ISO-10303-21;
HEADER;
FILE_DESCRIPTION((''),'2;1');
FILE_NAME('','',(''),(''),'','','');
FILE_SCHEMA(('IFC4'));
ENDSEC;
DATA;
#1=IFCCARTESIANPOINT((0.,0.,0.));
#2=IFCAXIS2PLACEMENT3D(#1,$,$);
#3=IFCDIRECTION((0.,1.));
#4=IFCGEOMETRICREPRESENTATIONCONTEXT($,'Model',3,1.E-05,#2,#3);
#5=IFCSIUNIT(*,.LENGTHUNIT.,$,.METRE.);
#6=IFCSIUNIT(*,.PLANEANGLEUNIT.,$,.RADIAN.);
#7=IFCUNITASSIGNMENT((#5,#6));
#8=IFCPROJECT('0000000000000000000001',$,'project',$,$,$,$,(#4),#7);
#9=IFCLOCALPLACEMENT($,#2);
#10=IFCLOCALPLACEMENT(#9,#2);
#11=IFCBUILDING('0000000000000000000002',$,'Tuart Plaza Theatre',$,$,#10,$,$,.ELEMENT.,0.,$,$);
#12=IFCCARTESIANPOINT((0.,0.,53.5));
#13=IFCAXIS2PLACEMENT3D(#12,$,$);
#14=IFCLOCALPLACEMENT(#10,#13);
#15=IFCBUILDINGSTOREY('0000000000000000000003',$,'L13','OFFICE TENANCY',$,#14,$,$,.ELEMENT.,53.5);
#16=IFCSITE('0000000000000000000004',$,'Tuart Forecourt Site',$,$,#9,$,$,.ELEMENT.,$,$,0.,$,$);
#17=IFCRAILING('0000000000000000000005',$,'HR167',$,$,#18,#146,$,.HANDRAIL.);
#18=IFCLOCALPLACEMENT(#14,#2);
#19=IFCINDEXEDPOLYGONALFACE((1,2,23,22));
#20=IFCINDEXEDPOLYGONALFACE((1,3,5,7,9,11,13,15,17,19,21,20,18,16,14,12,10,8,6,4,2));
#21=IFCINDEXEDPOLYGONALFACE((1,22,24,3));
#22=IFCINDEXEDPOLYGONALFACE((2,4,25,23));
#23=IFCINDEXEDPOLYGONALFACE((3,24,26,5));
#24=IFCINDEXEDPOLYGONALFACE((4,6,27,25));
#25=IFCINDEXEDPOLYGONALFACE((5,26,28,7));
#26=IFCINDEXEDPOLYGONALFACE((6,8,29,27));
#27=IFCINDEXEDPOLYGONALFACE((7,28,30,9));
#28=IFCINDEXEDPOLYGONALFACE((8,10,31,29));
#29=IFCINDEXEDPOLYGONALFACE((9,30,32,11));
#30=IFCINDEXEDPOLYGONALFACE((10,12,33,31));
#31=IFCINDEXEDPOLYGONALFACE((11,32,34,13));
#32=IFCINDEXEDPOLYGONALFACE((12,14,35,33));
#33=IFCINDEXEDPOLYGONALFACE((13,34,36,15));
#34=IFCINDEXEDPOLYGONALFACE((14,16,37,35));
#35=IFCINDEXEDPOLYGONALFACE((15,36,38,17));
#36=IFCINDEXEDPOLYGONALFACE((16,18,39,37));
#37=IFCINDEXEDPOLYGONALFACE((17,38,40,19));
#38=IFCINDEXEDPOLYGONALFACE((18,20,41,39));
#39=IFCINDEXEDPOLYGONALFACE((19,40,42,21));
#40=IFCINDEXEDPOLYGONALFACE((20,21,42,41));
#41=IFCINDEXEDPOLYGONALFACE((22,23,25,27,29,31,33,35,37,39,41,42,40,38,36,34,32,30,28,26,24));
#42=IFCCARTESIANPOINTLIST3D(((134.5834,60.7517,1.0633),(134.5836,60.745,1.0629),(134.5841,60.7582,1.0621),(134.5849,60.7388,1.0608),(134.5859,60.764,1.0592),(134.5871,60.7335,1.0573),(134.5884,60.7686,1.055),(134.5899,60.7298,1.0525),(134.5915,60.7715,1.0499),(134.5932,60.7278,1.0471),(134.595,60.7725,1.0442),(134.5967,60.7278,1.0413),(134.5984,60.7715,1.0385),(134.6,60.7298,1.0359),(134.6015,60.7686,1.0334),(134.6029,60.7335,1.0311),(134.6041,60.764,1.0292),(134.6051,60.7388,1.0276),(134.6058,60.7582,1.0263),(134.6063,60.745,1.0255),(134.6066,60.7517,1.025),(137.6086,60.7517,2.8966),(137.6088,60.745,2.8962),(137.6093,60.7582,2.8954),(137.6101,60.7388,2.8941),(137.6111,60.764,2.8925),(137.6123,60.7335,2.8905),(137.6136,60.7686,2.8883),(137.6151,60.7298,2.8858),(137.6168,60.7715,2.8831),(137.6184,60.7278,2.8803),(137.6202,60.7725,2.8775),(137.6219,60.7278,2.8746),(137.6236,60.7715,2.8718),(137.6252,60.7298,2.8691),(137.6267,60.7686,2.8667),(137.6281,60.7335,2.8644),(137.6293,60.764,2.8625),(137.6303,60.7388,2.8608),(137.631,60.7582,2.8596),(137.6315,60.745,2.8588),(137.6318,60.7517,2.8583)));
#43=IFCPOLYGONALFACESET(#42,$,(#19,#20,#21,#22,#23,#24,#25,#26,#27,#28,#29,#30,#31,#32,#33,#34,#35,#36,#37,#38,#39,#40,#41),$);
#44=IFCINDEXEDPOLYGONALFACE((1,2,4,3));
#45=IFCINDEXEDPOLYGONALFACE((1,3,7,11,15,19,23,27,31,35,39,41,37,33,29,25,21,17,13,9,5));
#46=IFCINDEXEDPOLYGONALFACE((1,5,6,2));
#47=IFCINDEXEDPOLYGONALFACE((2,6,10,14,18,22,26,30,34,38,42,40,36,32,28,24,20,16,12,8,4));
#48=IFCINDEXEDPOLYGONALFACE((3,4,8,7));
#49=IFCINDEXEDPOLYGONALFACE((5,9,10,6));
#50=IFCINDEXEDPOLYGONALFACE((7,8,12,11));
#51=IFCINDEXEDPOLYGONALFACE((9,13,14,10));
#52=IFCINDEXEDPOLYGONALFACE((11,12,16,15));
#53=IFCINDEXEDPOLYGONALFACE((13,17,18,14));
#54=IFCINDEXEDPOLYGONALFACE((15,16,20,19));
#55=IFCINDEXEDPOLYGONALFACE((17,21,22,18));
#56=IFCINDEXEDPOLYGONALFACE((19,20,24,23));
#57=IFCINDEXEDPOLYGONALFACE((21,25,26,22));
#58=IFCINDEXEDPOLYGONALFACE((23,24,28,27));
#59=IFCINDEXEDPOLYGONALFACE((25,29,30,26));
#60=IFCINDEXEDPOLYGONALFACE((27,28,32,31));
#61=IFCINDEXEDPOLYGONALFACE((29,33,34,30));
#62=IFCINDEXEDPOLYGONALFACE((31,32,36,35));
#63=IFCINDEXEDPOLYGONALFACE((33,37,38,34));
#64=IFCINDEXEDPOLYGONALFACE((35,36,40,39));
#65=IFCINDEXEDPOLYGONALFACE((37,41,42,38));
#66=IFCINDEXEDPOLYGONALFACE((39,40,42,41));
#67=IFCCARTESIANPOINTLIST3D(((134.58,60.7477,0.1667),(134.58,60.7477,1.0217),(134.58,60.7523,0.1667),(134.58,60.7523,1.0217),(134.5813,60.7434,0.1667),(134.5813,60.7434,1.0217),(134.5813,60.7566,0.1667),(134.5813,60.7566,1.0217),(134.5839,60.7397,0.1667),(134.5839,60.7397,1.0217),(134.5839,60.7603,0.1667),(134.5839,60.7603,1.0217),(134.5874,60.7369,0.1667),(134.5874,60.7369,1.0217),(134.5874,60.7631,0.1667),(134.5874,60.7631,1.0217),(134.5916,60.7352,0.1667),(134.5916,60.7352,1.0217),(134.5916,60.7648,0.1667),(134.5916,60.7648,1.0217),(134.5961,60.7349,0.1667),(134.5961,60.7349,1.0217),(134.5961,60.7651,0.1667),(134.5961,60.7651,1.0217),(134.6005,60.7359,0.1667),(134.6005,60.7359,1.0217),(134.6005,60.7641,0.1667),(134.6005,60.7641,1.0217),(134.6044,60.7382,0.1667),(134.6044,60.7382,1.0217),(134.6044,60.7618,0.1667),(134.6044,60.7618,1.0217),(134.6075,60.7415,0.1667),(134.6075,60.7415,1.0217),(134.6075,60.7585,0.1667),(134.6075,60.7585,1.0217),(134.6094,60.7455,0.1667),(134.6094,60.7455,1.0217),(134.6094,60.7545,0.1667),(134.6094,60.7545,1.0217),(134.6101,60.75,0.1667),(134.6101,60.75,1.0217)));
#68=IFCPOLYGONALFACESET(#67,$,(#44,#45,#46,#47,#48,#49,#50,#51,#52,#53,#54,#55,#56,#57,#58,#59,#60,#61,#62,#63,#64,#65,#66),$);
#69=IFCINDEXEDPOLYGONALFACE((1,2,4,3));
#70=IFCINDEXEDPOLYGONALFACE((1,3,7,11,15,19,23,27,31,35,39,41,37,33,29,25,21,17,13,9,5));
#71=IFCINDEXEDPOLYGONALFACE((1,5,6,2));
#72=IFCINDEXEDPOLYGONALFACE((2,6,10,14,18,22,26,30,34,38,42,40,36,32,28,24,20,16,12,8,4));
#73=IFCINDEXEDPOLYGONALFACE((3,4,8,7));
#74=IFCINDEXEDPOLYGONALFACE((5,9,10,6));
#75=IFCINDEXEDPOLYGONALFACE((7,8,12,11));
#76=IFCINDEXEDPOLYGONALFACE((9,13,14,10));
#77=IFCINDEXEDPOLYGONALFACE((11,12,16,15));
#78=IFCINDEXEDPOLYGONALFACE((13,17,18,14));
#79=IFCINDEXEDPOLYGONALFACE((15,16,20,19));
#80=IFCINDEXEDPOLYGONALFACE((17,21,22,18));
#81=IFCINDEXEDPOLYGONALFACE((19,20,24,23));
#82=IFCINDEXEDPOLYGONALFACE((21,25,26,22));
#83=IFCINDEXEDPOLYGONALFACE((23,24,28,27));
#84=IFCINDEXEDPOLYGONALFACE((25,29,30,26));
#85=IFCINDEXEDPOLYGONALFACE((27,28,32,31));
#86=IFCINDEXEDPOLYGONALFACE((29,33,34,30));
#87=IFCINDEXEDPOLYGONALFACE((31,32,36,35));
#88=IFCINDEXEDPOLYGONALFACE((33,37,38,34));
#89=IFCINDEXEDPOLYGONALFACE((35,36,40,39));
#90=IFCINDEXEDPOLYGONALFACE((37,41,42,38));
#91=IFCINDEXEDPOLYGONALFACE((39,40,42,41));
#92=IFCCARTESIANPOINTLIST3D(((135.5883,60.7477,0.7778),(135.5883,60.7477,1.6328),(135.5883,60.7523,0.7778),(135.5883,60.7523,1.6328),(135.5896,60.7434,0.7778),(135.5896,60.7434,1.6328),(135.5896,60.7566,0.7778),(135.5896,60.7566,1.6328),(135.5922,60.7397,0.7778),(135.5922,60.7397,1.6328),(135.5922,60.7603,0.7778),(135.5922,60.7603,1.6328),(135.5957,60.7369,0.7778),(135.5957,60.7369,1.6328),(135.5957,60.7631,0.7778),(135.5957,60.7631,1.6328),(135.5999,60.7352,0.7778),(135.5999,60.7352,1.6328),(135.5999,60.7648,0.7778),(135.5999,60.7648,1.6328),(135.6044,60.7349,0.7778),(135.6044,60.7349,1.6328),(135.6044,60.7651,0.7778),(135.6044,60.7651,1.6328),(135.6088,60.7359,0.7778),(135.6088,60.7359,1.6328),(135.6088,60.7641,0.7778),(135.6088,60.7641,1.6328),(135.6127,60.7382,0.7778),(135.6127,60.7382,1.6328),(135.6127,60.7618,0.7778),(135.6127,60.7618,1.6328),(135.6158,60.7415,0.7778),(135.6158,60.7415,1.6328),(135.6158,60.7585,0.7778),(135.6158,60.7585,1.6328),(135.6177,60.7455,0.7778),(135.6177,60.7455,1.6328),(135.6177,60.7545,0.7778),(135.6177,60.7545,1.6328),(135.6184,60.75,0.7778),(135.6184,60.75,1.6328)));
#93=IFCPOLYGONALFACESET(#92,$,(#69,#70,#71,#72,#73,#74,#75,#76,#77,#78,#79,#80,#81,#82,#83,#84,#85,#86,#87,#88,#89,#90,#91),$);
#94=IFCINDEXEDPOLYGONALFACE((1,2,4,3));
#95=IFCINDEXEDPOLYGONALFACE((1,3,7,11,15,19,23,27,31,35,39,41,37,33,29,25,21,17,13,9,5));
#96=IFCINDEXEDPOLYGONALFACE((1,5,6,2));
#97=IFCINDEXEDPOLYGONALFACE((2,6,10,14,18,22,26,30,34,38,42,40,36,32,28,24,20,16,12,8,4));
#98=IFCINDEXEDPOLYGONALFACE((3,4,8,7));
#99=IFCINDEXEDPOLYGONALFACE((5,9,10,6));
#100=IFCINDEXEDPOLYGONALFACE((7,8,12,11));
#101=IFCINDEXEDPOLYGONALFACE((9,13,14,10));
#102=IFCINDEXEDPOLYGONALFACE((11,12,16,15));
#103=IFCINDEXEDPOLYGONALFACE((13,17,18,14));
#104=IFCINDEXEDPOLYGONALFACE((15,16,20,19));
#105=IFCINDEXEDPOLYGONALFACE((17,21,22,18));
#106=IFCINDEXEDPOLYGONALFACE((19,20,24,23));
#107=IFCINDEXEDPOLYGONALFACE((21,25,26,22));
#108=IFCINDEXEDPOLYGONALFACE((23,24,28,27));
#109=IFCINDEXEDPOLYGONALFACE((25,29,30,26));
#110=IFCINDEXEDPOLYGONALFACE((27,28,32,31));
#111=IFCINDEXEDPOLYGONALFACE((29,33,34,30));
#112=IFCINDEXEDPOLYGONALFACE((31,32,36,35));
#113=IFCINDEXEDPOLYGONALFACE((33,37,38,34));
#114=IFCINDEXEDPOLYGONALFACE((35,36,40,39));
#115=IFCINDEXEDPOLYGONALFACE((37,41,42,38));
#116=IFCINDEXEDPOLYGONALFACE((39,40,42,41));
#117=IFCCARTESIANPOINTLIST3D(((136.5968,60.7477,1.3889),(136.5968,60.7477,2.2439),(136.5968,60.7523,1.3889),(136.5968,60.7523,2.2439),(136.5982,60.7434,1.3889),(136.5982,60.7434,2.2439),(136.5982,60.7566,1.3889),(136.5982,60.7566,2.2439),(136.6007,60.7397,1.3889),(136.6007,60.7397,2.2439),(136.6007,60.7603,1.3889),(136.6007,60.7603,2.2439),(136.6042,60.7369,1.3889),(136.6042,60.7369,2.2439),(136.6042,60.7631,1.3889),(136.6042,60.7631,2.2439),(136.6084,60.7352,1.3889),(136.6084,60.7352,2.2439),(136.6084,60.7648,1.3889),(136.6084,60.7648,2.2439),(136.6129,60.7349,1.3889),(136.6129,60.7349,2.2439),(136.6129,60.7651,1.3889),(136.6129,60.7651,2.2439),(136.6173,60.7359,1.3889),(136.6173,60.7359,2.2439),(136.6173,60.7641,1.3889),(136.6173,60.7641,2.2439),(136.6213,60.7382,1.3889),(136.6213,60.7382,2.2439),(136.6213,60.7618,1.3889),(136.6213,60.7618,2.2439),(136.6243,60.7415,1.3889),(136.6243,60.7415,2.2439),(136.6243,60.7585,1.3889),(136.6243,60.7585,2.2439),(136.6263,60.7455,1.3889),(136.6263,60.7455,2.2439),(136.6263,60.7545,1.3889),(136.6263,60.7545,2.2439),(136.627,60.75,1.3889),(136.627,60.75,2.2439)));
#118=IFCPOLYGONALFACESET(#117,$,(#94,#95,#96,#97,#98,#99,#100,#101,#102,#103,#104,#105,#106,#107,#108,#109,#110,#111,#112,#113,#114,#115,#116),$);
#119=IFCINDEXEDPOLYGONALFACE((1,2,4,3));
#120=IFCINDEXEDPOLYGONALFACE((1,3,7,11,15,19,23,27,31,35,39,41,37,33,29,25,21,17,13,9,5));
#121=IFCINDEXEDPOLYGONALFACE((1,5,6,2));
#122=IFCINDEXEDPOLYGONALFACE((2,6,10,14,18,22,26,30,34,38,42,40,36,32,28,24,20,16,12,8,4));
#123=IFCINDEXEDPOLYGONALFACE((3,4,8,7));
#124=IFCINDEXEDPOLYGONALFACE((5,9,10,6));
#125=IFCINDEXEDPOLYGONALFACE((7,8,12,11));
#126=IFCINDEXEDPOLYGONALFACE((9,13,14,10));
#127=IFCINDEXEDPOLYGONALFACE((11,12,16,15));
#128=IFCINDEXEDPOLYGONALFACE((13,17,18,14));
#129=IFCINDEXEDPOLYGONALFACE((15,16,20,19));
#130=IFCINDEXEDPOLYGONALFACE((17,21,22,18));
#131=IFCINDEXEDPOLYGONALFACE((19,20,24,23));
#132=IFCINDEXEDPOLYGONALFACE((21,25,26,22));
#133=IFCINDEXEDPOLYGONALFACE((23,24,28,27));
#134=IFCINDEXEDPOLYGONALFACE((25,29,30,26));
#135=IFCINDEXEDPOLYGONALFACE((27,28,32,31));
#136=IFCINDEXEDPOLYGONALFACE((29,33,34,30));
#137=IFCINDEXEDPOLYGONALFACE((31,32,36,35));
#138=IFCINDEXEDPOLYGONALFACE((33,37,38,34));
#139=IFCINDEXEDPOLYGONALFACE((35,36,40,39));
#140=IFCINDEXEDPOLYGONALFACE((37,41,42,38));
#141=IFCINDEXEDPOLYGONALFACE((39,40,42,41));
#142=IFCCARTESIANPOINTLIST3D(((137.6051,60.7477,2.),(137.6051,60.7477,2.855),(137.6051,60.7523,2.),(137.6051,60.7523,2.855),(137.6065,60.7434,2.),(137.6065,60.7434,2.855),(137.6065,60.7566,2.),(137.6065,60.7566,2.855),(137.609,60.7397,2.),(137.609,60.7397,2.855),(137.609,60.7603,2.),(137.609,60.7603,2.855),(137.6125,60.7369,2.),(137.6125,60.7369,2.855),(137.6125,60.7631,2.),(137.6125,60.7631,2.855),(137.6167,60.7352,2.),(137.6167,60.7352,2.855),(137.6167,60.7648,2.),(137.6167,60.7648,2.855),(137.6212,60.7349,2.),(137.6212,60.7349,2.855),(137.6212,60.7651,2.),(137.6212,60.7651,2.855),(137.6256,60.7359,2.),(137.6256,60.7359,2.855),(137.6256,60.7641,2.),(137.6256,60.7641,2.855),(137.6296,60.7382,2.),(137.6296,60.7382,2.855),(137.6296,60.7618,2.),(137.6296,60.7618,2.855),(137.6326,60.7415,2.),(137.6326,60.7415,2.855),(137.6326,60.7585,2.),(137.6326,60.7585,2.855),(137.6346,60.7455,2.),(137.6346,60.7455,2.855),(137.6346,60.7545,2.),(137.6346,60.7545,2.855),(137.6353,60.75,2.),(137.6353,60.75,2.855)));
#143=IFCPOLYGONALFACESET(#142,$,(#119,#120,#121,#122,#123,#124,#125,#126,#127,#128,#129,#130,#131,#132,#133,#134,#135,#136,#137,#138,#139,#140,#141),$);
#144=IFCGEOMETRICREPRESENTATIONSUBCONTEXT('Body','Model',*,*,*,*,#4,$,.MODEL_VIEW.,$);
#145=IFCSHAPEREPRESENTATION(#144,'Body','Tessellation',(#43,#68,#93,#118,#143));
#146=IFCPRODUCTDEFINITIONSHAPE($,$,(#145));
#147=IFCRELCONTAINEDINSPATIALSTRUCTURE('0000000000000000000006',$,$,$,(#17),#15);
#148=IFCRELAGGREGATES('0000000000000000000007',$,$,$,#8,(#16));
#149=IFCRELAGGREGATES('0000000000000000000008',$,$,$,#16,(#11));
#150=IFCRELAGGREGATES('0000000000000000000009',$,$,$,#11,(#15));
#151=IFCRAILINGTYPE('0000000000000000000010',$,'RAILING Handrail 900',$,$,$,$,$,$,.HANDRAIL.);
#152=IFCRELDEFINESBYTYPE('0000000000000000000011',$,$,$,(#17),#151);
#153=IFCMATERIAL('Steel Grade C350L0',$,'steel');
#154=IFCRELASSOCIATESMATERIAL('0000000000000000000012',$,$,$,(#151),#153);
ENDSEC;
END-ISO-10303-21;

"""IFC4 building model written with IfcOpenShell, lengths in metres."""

from ifc_helpers import new_model, si_unit, direction, frame, origin, origin_2d, place, context, subcontext, project, spatial, circle, extrude, material, type_object, element, save


model = new_model("IFC4")

# Units and contexts
model_context = context("Model", 3, precision=1e-05, world=origin(), true_north=direction((0.0, 1.0)))
body_context = subcontext(model_context, "Body", "Model", "MODEL_VIEW")
ifc_project = project(units=[si_unit("LENGTHUNIT", "METRE"), si_unit("PLANEANGLEUNIT", "RADIAN")], contexts=[model_context])

# Site, building, storey
site_placement = place(None, origin())
site = spatial("IfcSite", under=ifc_project, at=site_placement, Name="Tuart Forecourt Site", CompositionType="ELEMENT", RefElevation=0.0)
building_placement = place(site_placement, origin())
building = spatial("IfcBuilding", under=site, at=building_placement, Name="Tuart Plaza Theatre", CompositionType="ELEMENT", ElevationOfRefHeight=0.0)
storey_placement = place(building_placement, frame((0.0, 0.0, 53.5)))
storey = spatial("IfcBuildingStorey", under=building, at=storey_placement, Name="L13", Description="OFFICE TENANCY", CompositionType="ELEMENT", Elevation=53.5)

# Railing
ifc_material_1 = material(Name="Steel Grade C350L0", Category="steel")
railing_type_1 = type_object("IfcRailingType", Name="RAILING Handrail 900", PredefinedType="HANDRAIL", material=ifc_material_1)
for number, where, name in (
    (1, (134.595, 60.75, 0.1667), "HR167"),
):
    element("IfcRailing", number, at=place(storey_placement, frame(where)), inside=storey, type_object=railing_type_1, Name=name, PredefinedType="HANDRAIL", context=body_context, shape_type="SweptSolid", body=[
        extrude(circle(Radius=0.0225, at=origin_2d()), frame((0.0, 0.0, 0.8774), z_axis=(0.855219, 0.0, 0.518267), x_axis=(0.0, 1.0, 0.0)), (0.0, 0.0, 1.0), 3.5374),
        extrude(circle(Radius=0.0151, at=origin_2d()), origin(), (0.0, 0.0, 1.0), 0.855),
        extrude(circle(Radius=0.0151, at=origin_2d()), frame((1.0083, 0.0, 0.6111)), (0.0, 0.0, 1.0), 0.855),
        extrude(circle(Radius=0.0151, at=origin_2d()), frame((2.0168, 0.0, 1.2222)), (0.0, 0.0, 1.0), 0.855),
        extrude(circle(Radius=0.0151, at=origin_2d()), frame((3.0251, 0.0, 1.8333)), (0.0, 0.0, 1.0), 0.855),
    ])

save(model, "model.ifc")
